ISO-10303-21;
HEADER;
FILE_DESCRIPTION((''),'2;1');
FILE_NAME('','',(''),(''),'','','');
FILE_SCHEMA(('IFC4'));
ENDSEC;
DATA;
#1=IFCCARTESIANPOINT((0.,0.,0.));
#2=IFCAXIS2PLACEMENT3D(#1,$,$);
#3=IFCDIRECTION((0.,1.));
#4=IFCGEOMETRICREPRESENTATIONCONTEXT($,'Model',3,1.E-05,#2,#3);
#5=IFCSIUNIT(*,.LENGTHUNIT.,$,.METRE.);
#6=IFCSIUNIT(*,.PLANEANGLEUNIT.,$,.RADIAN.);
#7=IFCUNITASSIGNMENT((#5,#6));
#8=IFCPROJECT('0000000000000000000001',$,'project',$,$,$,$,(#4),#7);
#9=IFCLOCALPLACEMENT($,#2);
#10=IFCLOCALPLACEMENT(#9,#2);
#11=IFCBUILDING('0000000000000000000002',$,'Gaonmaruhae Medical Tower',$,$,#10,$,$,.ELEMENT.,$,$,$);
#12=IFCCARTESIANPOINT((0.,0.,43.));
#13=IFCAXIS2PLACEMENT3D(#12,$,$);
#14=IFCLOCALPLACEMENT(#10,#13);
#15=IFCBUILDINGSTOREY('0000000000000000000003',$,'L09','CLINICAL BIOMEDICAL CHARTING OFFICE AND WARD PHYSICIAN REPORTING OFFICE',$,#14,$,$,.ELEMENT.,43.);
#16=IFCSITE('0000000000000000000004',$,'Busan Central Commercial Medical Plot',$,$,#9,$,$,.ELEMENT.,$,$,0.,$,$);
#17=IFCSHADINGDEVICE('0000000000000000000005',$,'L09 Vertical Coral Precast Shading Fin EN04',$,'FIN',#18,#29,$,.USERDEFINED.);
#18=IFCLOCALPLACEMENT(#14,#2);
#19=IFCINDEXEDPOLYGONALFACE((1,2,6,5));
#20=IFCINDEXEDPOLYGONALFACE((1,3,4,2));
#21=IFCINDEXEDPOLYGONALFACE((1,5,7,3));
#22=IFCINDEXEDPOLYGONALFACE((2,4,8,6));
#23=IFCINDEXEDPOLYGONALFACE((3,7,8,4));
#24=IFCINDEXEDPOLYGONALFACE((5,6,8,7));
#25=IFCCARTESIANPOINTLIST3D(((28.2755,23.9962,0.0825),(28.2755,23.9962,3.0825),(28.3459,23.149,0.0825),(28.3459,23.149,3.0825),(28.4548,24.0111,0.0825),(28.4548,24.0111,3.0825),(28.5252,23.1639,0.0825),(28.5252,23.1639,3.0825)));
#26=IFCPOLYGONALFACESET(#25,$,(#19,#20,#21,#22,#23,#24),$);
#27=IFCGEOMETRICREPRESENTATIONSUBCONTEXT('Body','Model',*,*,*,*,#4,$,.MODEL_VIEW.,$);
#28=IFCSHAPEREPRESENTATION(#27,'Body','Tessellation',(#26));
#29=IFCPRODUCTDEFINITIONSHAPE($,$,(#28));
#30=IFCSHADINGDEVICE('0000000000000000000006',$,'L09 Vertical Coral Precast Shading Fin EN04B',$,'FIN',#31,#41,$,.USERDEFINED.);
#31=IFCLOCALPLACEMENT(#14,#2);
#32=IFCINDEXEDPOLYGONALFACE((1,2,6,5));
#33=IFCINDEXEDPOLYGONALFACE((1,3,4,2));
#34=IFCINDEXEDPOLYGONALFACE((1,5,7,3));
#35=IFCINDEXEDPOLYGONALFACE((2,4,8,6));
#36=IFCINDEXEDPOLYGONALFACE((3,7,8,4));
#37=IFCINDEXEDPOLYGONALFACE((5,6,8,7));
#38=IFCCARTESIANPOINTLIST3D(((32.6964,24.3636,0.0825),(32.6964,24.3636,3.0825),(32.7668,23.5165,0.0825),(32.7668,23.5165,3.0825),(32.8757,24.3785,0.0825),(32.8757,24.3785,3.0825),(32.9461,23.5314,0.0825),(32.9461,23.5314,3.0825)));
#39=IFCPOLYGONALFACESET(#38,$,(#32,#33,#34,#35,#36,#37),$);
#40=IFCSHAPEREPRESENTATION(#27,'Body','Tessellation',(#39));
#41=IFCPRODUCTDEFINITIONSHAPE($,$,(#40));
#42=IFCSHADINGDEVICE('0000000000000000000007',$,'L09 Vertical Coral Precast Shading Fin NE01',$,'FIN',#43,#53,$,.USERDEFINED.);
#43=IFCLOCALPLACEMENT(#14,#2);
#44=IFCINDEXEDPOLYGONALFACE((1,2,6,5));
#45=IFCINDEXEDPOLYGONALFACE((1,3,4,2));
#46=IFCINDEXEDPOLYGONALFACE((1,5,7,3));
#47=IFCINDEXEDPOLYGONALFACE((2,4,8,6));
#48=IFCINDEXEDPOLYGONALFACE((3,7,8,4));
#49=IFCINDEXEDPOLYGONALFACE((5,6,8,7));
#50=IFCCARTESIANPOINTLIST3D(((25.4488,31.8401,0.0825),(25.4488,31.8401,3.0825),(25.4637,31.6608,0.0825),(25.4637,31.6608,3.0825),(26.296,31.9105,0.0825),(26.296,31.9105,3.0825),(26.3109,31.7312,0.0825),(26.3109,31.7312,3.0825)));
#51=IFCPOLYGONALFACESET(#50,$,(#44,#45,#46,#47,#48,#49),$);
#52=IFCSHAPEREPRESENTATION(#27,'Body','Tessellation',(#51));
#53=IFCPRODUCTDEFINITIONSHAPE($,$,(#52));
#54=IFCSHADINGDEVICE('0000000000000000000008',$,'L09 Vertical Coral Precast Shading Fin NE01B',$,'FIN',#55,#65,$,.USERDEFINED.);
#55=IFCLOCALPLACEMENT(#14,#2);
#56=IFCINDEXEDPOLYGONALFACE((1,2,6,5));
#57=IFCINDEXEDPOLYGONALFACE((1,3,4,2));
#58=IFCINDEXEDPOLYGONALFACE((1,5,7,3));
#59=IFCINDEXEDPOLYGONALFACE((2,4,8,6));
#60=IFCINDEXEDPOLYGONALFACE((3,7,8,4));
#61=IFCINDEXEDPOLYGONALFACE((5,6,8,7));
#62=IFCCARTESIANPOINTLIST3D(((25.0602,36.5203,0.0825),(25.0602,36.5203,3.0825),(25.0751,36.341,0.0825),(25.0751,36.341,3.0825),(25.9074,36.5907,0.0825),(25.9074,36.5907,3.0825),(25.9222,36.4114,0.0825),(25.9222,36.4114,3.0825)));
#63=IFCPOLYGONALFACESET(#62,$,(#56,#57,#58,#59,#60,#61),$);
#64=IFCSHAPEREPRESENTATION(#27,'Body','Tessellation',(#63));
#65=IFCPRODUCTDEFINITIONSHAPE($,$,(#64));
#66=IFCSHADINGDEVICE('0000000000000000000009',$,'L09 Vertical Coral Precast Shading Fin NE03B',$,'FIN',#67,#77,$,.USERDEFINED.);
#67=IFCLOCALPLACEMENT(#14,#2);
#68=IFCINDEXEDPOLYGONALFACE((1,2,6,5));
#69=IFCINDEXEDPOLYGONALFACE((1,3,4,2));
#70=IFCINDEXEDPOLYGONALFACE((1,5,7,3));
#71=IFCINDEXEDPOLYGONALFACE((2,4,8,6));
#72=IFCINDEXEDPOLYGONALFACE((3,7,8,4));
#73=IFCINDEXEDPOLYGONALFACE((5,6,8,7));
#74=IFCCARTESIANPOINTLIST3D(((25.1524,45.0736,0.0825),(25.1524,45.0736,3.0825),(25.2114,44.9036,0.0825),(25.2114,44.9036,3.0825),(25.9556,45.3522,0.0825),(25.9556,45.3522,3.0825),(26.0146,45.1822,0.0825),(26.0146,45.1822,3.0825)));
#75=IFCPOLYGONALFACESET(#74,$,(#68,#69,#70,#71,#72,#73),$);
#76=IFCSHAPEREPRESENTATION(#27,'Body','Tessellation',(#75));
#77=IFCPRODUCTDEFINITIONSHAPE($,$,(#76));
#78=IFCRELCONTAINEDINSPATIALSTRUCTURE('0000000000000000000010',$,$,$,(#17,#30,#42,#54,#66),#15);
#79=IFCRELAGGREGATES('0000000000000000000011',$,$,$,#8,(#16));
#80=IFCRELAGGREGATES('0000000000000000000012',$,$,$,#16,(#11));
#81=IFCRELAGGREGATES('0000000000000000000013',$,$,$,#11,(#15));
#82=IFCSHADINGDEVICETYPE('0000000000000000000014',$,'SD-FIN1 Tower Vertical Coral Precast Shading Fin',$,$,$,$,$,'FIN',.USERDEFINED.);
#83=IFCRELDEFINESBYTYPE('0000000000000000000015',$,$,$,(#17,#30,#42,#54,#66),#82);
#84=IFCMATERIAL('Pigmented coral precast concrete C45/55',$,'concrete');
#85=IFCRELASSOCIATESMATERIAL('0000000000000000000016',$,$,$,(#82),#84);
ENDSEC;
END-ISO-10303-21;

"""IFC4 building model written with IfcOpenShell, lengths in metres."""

from ifc_helpers import new_model, si_unit, direction, frame, origin, origin_2d, place, context, subcontext, project, spatial, rectangle, extrude, material, type_object, element, save


model = new_model("IFC4")

# Units and contexts
model_context = context("Model", 3, precision=1e-05, world=origin(), true_north=direction((0.0, 1.0)))
body_context = subcontext(model_context, "Body", "Model", "MODEL_VIEW")
ifc_project = project(units=[si_unit("LENGTHUNIT", "METRE"), si_unit("PLANEANGLEUNIT", "RADIAN")], contexts=[model_context])

# Site, building, storey
site_placement = place(None, origin())
site = spatial("IfcSite", under=ifc_project, at=site_placement, Name="Busan Central Commercial Medical Plot", CompositionType="ELEMENT", RefElevation=0.0)
building_placement = place(site_placement, origin())
building = spatial("IfcBuilding", under=site, at=building_placement, Name="Gaonmaruhae Medical Tower", CompositionType="ELEMENT")
storey_placement = place(building_placement, frame((0.0, 0.0, 43.0)))
storey = spatial("IfcBuildingStorey", under=building, at=storey_placement, Name="L09", Description="CLINICAL BIOMEDICAL CHARTING OFFICE AND WARD PHYSICIAN REPORTING OFFICE", CompositionType="ELEMENT", Elevation=43.0)

# Shading devices
ifc_material_1 = material(Name="Pigmented coral precast concrete C45/55", Category="concrete")
shading_device_type = type_object("IfcShadingDeviceType", Name="SD-FIN1 Tower Vertical Coral Precast Shading Fin", ElementType="FIN", PredefinedType="USERDEFINED", material=ifc_material_1)
for number, where, z_axis, x_axis, name in (
    (1, (28.4004, 23.5801, 0.0825), (0.0, 0.0, 1.0), (0.996566, 0.082808, 0.0), "L09 Vertical Coral Precast Shading Fin EN04"),
    (2, (32.8213, 23.9475, 0.0825), (0.0, 0.0, 1.0), (0.996566, 0.082808, 0.0), "L09 Vertical Coral Precast Shading Fin EN04B"),
    (3, (25.8799, 31.7856, 0.0825), (0.0, 0.0, 1.0), (-0.082808, 0.996566, 0.0), "L09 Vertical Coral Precast Shading Fin NE01"),
    (4, (25.4912, 36.4658, 0.0825), (0.0, 0.0, 1.0), (-0.082808, 0.996566, 0.0), "L09 Vertical Coral Precast Shading Fin NE01B"),
    (5, (25.5835, 45.1279, 0.0825), (0.0, 0.0, 1.0), (0.327729, -0.944772, 0.0), "L09 Vertical Coral Precast Shading Fin NE03B"),
):
    element("IfcShadingDevice", number, at=place(storey_placement, frame(where, z_axis=z_axis, x_axis=x_axis)), inside=storey, type_object=shading_device_type, Name=name, ObjectType="FIN", PredefinedType="USERDEFINED", context=body_context, shape_type="SweptSolid", body=[
        extrude(rectangle(XDim=0.1799, YDim=0.8501, at=origin_2d()), origin(), (0.0, 0.0, 1.0), 3.0),
    ])

save(model, "model.ifc")
